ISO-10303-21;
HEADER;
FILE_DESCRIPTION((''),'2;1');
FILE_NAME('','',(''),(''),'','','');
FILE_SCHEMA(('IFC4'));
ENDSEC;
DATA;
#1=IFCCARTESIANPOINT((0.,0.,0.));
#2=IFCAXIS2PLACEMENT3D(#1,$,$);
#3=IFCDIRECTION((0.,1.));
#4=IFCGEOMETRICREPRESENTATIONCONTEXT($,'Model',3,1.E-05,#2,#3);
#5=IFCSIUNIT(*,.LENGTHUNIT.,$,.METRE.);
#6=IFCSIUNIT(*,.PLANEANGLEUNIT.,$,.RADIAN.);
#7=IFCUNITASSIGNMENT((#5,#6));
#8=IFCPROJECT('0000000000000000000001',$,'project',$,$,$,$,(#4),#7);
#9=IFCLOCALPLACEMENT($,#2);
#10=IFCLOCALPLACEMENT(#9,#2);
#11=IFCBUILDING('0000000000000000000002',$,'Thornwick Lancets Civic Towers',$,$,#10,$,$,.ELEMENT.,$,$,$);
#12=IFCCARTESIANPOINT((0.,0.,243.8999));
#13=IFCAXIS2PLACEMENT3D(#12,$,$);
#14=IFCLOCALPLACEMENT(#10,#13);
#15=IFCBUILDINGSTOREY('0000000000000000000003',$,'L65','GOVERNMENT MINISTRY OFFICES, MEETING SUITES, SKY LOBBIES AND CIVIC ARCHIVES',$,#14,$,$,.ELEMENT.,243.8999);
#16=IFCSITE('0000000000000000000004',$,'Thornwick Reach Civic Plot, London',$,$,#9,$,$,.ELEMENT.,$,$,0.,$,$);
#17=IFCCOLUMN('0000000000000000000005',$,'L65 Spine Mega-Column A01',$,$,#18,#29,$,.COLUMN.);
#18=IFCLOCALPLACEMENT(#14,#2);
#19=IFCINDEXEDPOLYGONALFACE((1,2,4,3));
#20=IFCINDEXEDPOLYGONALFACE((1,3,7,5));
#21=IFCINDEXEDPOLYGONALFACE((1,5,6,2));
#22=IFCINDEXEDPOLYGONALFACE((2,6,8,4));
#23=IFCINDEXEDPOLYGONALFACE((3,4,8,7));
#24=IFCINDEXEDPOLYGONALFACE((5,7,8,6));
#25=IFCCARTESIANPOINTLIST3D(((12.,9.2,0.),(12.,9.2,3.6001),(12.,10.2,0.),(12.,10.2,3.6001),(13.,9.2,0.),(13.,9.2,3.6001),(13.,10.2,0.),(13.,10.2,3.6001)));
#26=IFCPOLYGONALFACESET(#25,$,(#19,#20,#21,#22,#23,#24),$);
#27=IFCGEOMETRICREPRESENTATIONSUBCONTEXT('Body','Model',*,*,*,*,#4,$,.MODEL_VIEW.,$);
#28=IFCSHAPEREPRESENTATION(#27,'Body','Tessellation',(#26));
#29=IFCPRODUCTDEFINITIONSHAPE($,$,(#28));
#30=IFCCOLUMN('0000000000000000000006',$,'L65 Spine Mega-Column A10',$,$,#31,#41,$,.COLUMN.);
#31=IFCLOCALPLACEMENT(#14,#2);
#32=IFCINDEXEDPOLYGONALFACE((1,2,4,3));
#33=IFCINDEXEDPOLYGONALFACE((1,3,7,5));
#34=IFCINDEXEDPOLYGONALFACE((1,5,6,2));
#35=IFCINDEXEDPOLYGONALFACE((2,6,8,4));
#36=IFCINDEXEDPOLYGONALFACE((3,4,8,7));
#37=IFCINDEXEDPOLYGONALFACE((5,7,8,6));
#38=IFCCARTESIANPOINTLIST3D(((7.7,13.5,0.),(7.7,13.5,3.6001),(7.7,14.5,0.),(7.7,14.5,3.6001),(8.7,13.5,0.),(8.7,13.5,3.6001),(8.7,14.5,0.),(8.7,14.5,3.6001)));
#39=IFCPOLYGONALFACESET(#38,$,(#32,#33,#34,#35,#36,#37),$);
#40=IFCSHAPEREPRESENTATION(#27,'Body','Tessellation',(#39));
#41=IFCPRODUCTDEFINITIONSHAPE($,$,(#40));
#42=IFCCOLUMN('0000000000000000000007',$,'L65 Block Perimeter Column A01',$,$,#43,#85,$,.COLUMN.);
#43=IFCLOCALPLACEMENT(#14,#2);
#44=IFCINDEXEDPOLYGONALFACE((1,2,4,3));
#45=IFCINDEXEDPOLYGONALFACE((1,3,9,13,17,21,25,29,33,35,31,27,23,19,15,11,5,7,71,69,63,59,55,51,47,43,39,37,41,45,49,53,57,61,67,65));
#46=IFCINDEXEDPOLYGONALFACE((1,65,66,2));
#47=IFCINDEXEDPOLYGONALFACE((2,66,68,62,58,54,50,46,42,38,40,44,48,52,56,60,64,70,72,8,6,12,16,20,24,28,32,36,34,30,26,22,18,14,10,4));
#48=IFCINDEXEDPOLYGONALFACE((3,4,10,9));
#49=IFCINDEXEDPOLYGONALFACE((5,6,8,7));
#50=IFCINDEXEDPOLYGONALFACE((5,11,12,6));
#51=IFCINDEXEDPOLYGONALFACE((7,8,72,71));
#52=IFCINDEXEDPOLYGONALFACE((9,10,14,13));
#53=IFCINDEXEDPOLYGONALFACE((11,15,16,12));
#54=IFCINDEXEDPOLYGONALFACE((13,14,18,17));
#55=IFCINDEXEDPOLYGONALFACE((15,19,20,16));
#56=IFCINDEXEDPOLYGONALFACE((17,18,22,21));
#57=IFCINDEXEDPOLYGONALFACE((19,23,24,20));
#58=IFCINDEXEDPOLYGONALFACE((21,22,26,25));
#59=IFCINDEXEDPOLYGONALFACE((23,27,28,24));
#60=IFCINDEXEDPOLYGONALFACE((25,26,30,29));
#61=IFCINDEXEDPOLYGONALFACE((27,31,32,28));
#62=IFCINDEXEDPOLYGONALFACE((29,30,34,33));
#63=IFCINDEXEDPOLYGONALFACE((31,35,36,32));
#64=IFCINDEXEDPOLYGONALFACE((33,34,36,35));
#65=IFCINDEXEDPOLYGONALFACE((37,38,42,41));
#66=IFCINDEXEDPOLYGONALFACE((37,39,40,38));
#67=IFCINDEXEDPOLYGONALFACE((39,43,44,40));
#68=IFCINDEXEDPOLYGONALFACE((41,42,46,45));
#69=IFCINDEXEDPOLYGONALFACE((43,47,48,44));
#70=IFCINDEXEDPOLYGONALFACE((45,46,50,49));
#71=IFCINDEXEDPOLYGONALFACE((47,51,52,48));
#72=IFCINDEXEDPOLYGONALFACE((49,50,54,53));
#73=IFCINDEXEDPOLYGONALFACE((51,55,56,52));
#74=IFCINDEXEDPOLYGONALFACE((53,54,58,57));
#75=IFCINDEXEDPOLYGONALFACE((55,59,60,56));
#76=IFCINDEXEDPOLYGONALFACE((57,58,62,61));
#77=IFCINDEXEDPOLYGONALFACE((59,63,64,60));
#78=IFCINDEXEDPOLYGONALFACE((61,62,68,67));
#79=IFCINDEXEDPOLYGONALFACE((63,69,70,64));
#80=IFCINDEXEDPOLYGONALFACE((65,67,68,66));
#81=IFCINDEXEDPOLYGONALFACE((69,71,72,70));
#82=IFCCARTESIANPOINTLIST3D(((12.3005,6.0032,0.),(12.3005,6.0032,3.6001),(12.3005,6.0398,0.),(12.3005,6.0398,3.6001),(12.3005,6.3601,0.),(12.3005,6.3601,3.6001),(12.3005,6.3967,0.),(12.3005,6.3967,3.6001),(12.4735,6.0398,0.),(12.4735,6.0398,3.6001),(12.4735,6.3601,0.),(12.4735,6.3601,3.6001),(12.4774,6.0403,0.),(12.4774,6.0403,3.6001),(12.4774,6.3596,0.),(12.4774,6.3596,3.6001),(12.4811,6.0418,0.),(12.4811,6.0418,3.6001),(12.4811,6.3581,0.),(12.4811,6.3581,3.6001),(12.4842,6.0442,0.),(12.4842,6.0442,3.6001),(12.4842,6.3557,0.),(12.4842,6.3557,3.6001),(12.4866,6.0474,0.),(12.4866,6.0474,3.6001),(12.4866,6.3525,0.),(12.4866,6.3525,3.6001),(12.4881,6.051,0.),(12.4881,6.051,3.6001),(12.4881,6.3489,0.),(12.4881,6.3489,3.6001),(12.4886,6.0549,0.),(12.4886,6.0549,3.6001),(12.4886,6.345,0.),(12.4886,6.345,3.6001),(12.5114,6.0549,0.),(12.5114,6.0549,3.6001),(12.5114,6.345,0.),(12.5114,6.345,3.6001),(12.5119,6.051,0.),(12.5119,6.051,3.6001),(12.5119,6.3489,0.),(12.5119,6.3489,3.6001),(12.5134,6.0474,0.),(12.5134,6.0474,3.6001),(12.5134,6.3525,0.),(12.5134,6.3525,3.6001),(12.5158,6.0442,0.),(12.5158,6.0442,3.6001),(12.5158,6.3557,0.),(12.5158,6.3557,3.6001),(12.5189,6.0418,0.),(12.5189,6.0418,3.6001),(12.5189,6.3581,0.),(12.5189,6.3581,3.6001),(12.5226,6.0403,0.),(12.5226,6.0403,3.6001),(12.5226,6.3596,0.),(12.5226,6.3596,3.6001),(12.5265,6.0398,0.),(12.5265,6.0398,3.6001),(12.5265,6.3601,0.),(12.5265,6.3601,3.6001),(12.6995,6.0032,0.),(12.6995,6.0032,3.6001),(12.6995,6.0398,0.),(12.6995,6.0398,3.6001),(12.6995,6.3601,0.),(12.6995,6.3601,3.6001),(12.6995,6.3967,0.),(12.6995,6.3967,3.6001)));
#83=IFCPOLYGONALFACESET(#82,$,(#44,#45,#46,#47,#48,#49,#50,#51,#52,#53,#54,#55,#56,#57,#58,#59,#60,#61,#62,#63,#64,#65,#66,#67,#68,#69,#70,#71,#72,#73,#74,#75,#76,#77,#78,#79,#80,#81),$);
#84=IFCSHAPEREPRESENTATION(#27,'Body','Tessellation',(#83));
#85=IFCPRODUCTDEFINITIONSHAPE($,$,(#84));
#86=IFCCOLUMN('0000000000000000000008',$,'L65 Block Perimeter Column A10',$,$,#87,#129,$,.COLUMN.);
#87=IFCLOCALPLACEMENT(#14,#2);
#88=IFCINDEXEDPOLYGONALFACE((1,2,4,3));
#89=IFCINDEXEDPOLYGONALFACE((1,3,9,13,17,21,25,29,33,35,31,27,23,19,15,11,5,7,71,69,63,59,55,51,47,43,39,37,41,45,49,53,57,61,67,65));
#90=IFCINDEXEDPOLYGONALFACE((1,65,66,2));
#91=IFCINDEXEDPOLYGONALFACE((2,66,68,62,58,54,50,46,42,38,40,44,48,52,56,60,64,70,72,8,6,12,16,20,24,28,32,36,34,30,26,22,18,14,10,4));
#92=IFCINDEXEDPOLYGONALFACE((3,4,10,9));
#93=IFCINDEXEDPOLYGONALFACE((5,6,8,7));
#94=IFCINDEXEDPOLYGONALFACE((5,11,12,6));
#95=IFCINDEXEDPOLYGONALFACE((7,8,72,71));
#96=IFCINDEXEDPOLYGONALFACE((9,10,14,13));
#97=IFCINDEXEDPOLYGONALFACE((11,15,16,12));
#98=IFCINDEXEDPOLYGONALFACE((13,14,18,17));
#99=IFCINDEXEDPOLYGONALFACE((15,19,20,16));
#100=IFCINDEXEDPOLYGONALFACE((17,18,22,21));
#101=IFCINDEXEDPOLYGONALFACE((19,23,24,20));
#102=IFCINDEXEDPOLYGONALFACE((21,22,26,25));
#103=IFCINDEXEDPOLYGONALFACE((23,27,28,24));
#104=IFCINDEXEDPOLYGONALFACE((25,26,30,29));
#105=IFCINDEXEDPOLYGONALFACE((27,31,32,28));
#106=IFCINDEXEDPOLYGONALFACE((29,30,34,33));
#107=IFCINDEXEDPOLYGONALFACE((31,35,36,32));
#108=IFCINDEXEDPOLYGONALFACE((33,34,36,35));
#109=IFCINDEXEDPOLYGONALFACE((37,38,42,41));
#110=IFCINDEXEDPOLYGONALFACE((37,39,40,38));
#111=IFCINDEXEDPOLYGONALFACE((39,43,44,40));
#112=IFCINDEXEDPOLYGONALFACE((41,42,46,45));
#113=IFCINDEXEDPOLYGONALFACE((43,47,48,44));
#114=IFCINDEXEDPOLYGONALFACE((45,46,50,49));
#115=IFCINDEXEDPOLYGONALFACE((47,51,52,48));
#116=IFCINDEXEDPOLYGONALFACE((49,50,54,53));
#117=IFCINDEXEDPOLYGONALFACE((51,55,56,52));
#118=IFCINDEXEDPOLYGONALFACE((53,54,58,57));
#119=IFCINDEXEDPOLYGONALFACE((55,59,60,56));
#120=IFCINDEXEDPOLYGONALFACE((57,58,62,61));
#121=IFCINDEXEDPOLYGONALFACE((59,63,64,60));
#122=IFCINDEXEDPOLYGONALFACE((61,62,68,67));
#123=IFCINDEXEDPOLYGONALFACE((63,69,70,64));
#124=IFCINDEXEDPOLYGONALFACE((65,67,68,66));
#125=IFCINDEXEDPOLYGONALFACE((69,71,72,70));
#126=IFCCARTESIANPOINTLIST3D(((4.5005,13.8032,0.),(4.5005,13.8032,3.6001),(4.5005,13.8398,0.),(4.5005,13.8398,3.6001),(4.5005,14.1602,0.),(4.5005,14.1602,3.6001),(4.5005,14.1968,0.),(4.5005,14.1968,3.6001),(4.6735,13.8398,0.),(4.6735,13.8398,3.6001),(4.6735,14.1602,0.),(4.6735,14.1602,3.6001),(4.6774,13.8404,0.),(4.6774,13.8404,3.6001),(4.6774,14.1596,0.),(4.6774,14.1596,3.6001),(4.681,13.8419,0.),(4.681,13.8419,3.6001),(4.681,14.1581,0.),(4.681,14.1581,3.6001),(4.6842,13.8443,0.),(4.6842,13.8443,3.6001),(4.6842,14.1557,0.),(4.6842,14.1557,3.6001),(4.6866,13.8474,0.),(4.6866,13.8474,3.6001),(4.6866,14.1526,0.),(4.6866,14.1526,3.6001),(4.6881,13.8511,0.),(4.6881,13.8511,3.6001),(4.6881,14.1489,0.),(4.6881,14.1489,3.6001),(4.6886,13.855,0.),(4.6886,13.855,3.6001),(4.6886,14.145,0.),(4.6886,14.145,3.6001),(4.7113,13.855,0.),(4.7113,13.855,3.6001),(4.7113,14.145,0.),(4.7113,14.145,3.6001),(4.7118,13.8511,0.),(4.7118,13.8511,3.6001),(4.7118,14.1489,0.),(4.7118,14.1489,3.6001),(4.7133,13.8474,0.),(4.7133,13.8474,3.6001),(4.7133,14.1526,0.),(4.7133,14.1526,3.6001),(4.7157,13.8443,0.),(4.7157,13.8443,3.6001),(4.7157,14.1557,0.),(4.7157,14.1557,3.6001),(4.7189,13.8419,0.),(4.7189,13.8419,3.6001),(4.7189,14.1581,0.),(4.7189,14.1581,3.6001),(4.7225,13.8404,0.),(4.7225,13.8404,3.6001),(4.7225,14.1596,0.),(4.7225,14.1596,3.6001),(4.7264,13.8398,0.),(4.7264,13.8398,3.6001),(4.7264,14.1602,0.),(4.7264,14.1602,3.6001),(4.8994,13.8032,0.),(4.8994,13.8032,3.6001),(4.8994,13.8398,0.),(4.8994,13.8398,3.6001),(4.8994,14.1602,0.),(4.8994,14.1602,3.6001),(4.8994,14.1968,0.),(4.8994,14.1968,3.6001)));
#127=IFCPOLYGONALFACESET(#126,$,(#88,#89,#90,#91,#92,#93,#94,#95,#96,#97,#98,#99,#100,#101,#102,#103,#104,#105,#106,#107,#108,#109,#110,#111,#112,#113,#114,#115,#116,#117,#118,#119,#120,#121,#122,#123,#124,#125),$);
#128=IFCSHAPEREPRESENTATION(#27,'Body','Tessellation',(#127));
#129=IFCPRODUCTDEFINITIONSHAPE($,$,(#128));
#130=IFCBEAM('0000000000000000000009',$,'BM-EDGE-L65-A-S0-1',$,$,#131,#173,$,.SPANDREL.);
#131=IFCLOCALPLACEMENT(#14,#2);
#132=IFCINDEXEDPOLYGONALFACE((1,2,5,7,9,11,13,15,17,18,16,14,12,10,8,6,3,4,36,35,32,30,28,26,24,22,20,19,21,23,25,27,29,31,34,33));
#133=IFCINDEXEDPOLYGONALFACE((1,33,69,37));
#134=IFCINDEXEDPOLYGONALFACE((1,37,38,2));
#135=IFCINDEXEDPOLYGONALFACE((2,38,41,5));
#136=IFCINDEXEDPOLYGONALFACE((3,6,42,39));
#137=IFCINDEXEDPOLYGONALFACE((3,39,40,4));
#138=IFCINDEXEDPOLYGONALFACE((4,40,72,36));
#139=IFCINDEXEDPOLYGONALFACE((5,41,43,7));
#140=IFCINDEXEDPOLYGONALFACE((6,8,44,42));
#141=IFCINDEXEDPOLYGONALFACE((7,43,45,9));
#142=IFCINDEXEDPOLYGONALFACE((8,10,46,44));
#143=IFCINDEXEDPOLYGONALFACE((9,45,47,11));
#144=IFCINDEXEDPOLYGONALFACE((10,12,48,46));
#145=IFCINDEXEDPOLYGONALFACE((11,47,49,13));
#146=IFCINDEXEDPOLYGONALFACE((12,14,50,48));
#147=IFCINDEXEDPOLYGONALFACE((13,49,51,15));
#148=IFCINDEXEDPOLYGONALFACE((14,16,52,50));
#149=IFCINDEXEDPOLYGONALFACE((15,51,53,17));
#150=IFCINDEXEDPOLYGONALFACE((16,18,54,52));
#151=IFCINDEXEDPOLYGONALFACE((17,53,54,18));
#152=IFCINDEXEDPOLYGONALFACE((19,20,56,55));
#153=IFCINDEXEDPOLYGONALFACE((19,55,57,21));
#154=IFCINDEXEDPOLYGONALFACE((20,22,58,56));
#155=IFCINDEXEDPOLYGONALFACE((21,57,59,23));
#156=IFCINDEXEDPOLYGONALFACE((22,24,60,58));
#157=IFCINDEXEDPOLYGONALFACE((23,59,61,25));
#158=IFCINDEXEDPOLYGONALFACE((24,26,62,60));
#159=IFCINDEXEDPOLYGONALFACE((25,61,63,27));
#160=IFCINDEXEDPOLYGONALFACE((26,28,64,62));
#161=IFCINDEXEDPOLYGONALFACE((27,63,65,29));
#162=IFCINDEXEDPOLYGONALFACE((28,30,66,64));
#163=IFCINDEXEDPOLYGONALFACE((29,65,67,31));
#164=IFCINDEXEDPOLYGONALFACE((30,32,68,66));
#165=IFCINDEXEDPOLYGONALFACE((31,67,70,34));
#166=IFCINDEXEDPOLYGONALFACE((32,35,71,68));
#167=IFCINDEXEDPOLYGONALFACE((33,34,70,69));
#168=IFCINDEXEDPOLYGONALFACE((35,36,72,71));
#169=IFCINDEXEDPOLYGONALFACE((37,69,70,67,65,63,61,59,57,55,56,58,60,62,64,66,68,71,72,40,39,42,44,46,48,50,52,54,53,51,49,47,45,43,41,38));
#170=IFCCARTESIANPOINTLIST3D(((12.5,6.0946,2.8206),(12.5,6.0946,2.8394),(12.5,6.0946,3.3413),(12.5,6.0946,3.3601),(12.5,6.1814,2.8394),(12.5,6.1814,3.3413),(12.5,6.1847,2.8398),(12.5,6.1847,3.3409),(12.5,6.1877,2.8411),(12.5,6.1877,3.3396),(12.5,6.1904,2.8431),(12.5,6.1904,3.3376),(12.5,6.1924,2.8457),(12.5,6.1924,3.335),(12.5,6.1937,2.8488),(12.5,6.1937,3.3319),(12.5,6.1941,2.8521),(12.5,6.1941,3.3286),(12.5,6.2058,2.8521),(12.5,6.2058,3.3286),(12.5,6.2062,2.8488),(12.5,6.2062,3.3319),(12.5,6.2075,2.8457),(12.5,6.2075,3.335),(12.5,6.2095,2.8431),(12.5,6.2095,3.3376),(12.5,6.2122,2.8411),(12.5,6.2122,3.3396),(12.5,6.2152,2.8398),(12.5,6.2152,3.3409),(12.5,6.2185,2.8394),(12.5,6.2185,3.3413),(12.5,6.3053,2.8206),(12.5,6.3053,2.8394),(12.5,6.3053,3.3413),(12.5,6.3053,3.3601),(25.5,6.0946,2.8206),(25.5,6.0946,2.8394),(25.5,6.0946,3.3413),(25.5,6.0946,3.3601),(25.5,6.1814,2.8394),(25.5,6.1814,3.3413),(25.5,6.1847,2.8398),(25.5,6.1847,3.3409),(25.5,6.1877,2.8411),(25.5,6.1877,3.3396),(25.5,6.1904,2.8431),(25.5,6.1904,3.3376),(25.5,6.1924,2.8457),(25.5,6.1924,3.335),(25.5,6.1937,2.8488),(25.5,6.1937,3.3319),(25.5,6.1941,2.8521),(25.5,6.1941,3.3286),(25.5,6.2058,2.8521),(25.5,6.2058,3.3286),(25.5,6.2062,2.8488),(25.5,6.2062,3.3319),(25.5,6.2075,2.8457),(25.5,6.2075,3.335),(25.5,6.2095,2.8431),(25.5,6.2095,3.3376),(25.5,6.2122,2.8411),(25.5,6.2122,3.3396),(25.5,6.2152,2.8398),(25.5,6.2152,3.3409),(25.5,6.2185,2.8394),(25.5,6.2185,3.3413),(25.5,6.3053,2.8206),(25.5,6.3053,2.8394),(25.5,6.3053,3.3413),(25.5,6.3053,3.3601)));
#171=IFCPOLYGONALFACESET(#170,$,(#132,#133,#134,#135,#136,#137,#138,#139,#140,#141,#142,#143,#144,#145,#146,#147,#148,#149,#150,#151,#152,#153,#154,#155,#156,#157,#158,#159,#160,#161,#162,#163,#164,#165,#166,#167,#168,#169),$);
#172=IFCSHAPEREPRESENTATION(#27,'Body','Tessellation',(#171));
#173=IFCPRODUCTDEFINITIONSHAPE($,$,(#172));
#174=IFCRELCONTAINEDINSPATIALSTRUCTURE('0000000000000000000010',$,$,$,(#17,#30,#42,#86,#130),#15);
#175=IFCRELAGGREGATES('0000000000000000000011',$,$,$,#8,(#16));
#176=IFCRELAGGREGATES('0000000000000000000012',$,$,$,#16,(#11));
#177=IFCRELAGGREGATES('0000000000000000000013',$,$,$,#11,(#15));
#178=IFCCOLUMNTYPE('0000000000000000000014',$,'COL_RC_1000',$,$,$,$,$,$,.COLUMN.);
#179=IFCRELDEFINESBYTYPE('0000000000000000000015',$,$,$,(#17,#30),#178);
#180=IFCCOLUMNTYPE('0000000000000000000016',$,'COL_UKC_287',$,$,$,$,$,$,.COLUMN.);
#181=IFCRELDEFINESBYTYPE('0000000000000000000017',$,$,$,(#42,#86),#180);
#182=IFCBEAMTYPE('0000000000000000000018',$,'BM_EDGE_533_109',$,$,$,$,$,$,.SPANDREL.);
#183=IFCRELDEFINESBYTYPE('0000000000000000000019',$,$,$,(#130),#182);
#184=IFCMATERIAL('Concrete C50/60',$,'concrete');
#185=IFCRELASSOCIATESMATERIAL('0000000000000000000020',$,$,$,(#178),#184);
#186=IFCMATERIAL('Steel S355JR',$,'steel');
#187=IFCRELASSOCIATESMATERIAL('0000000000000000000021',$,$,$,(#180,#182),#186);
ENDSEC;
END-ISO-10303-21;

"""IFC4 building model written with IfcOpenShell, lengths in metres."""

from ifc_helpers import new_model, si_unit, direction, frame, origin, origin_2d, place, context, subcontext, project, spatial, rectangle, i_section, extrude, material, material_profile, profile_set, type_object, element, save


model = new_model("IFC4")

# Units and contexts
model_context = context("Model", 3, precision=1e-05, world=origin(), true_north=direction((0.0, 1.0)))
body_context = subcontext(model_context, "Body", "Model", "MODEL_VIEW")
ifc_project = project(units=[si_unit("LENGTHUNIT", "METRE"), si_unit("PLANEANGLEUNIT", "RADIAN")], contexts=[model_context])

# Site, building, storey
site_placement = place(None, origin())
site = spatial("IfcSite", under=ifc_project, at=site_placement, Name="Thornwick Reach Civic Plot, London", CompositionType="ELEMENT", RefElevation=0.0)
building_placement = place(site_placement, origin())
building = spatial("IfcBuilding", under=site, at=building_placement, Name="Thornwick Lancets Civic Towers", CompositionType="ELEMENT")
storey_placement = place(building_placement, frame((0.0, 0.0, 243.8999)))
storey = spatial("IfcBuildingStorey", under=building, at=storey_placement, Name="L65", Description="GOVERNMENT MINISTRY OFFICES, MEETING SUITES, SKY LOBBIES AND CIVIC ARCHIVES", CompositionType="ELEMENT", Elevation=243.8999)

# Columns
ifc_material_1 = material(Name="Concrete C50/60", Category="concrete")
ifc_material_profile_1 = material_profile(ifc_material_1, rectangle(XDim=1.0, YDim=1.0, at=origin_2d()), Name="RC 1000x1000")
ifc_profile_set_1 = profile_set([ifc_material_profile_1], Name="Concrete C50/60")
column_type_1 = type_object("IfcColumnType", Name="COL_RC_1000", PredefinedType="COLUMN", material=ifc_profile_set_1)
for number, where, z_axis, x_axis, name in (
    (1, (12.5, 9.7, 0.0), (0.0, 0.0, 1.0), (1.0, 0.0, 0.0), "L65 Spine Mega-Column A01"),
    (2, (8.2, 14.0, 0.0), (0.0, 0.0, 1.0), (1.0, 0.0, 0.0), "L65 Spine Mega-Column A10"),
):
    element("IfcColumn", number, at=place(storey_placement, frame(where, z_axis=z_axis, x_axis=x_axis)), inside=storey, type_object=column_type_1, Name=name, PredefinedType="COLUMN", context=body_context, shape_type="SweptSolid", body=[
        extrude(rectangle(XDim=1.0, YDim=1.0, at=origin_2d()), origin(), (0.0, 0.0, 1.0), 3.6001),
    ])
ifc_material_2 = material(Name="Steel S355JR", Category="steel")
ifc_material_profile_2 = material_profile(ifc_material_2, i_section(OverallWidth=0.3989, OverallDepth=0.3936, WebThickness=0.0227, FlangeThickness=0.0366, FilletRadius=0.0151, at=origin_2d()), Name="UKC 356x406x287")
ifc_profile_set_2 = profile_set([ifc_material_profile_2], Name="Steel S355JR")
column_type_2 = type_object("IfcColumnType", Name="COL_UKC_287", PredefinedType="COLUMN", material=ifc_profile_set_2)
for number, where, z_axis, x_axis, name in (
    (3, (12.5, 6.2, 0.0), (0.0, 0.0, 1.0), (1.0, 0.0, 0.0), "L65 Block Perimeter Column A01"),
    (4, (4.7, 14.0, 0.0), (0.0, 0.0, 1.0), (1.0, 0.0, 0.0), "L65 Block Perimeter Column A10"),
):
    element("IfcColumn", number, at=place(storey_placement, frame(where, z_axis=z_axis, x_axis=x_axis)), inside=storey, type_object=column_type_2, Name=name, PredefinedType="COLUMN", context=body_context, shape_type="SweptSolid", body=[
        extrude(i_section(OverallWidth=0.3989, OverallDepth=0.3936, WebThickness=0.0227, FlangeThickness=0.0366, FilletRadius=0.0151, at=origin_2d()), origin(), (0.0, 0.0, 1.0), 3.6001),
    ])

# Beam
ifc_material_profile_3 = material_profile(ifc_material_2, i_section(OverallWidth=0.2107, OverallDepth=0.5396, WebThickness=0.0117, FlangeThickness=0.0188, FilletRadius=0.0127, at=origin_2d()), Name="UKB 533x210x109")
ifc_profile_set_3 = profile_set([ifc_material_profile_3], Name="Steel S355JR")
beam_type_1 = type_object("IfcBeamType", Name="BM_EDGE_533_109", PredefinedType="SPANDREL", material=ifc_profile_set_3)
for number, where, z_axis, x_axis, name in (
    (5, (12.5, 6.2, 3.0903), (1.0, 0.0, 0.0), (0.0, 1.0, 0.0), "BM-EDGE-L65-A-S0-1"),
):
    element("IfcBeam", number, at=place(storey_placement, frame(where, z_axis=z_axis, x_axis=x_axis)), inside=storey, type_object=beam_type_1, Name=name, PredefinedType="SPANDREL", context=body_context, shape_type="SweptSolid", body=[
        extrude(i_section(OverallWidth=0.2107, OverallDepth=0.5396, WebThickness=0.0117, FlangeThickness=0.0188, FilletRadius=0.0127, at=origin_2d()), origin(), (0.0, 0.0, 1.0), 13.0),
    ])

save(model, "model.ifc")
